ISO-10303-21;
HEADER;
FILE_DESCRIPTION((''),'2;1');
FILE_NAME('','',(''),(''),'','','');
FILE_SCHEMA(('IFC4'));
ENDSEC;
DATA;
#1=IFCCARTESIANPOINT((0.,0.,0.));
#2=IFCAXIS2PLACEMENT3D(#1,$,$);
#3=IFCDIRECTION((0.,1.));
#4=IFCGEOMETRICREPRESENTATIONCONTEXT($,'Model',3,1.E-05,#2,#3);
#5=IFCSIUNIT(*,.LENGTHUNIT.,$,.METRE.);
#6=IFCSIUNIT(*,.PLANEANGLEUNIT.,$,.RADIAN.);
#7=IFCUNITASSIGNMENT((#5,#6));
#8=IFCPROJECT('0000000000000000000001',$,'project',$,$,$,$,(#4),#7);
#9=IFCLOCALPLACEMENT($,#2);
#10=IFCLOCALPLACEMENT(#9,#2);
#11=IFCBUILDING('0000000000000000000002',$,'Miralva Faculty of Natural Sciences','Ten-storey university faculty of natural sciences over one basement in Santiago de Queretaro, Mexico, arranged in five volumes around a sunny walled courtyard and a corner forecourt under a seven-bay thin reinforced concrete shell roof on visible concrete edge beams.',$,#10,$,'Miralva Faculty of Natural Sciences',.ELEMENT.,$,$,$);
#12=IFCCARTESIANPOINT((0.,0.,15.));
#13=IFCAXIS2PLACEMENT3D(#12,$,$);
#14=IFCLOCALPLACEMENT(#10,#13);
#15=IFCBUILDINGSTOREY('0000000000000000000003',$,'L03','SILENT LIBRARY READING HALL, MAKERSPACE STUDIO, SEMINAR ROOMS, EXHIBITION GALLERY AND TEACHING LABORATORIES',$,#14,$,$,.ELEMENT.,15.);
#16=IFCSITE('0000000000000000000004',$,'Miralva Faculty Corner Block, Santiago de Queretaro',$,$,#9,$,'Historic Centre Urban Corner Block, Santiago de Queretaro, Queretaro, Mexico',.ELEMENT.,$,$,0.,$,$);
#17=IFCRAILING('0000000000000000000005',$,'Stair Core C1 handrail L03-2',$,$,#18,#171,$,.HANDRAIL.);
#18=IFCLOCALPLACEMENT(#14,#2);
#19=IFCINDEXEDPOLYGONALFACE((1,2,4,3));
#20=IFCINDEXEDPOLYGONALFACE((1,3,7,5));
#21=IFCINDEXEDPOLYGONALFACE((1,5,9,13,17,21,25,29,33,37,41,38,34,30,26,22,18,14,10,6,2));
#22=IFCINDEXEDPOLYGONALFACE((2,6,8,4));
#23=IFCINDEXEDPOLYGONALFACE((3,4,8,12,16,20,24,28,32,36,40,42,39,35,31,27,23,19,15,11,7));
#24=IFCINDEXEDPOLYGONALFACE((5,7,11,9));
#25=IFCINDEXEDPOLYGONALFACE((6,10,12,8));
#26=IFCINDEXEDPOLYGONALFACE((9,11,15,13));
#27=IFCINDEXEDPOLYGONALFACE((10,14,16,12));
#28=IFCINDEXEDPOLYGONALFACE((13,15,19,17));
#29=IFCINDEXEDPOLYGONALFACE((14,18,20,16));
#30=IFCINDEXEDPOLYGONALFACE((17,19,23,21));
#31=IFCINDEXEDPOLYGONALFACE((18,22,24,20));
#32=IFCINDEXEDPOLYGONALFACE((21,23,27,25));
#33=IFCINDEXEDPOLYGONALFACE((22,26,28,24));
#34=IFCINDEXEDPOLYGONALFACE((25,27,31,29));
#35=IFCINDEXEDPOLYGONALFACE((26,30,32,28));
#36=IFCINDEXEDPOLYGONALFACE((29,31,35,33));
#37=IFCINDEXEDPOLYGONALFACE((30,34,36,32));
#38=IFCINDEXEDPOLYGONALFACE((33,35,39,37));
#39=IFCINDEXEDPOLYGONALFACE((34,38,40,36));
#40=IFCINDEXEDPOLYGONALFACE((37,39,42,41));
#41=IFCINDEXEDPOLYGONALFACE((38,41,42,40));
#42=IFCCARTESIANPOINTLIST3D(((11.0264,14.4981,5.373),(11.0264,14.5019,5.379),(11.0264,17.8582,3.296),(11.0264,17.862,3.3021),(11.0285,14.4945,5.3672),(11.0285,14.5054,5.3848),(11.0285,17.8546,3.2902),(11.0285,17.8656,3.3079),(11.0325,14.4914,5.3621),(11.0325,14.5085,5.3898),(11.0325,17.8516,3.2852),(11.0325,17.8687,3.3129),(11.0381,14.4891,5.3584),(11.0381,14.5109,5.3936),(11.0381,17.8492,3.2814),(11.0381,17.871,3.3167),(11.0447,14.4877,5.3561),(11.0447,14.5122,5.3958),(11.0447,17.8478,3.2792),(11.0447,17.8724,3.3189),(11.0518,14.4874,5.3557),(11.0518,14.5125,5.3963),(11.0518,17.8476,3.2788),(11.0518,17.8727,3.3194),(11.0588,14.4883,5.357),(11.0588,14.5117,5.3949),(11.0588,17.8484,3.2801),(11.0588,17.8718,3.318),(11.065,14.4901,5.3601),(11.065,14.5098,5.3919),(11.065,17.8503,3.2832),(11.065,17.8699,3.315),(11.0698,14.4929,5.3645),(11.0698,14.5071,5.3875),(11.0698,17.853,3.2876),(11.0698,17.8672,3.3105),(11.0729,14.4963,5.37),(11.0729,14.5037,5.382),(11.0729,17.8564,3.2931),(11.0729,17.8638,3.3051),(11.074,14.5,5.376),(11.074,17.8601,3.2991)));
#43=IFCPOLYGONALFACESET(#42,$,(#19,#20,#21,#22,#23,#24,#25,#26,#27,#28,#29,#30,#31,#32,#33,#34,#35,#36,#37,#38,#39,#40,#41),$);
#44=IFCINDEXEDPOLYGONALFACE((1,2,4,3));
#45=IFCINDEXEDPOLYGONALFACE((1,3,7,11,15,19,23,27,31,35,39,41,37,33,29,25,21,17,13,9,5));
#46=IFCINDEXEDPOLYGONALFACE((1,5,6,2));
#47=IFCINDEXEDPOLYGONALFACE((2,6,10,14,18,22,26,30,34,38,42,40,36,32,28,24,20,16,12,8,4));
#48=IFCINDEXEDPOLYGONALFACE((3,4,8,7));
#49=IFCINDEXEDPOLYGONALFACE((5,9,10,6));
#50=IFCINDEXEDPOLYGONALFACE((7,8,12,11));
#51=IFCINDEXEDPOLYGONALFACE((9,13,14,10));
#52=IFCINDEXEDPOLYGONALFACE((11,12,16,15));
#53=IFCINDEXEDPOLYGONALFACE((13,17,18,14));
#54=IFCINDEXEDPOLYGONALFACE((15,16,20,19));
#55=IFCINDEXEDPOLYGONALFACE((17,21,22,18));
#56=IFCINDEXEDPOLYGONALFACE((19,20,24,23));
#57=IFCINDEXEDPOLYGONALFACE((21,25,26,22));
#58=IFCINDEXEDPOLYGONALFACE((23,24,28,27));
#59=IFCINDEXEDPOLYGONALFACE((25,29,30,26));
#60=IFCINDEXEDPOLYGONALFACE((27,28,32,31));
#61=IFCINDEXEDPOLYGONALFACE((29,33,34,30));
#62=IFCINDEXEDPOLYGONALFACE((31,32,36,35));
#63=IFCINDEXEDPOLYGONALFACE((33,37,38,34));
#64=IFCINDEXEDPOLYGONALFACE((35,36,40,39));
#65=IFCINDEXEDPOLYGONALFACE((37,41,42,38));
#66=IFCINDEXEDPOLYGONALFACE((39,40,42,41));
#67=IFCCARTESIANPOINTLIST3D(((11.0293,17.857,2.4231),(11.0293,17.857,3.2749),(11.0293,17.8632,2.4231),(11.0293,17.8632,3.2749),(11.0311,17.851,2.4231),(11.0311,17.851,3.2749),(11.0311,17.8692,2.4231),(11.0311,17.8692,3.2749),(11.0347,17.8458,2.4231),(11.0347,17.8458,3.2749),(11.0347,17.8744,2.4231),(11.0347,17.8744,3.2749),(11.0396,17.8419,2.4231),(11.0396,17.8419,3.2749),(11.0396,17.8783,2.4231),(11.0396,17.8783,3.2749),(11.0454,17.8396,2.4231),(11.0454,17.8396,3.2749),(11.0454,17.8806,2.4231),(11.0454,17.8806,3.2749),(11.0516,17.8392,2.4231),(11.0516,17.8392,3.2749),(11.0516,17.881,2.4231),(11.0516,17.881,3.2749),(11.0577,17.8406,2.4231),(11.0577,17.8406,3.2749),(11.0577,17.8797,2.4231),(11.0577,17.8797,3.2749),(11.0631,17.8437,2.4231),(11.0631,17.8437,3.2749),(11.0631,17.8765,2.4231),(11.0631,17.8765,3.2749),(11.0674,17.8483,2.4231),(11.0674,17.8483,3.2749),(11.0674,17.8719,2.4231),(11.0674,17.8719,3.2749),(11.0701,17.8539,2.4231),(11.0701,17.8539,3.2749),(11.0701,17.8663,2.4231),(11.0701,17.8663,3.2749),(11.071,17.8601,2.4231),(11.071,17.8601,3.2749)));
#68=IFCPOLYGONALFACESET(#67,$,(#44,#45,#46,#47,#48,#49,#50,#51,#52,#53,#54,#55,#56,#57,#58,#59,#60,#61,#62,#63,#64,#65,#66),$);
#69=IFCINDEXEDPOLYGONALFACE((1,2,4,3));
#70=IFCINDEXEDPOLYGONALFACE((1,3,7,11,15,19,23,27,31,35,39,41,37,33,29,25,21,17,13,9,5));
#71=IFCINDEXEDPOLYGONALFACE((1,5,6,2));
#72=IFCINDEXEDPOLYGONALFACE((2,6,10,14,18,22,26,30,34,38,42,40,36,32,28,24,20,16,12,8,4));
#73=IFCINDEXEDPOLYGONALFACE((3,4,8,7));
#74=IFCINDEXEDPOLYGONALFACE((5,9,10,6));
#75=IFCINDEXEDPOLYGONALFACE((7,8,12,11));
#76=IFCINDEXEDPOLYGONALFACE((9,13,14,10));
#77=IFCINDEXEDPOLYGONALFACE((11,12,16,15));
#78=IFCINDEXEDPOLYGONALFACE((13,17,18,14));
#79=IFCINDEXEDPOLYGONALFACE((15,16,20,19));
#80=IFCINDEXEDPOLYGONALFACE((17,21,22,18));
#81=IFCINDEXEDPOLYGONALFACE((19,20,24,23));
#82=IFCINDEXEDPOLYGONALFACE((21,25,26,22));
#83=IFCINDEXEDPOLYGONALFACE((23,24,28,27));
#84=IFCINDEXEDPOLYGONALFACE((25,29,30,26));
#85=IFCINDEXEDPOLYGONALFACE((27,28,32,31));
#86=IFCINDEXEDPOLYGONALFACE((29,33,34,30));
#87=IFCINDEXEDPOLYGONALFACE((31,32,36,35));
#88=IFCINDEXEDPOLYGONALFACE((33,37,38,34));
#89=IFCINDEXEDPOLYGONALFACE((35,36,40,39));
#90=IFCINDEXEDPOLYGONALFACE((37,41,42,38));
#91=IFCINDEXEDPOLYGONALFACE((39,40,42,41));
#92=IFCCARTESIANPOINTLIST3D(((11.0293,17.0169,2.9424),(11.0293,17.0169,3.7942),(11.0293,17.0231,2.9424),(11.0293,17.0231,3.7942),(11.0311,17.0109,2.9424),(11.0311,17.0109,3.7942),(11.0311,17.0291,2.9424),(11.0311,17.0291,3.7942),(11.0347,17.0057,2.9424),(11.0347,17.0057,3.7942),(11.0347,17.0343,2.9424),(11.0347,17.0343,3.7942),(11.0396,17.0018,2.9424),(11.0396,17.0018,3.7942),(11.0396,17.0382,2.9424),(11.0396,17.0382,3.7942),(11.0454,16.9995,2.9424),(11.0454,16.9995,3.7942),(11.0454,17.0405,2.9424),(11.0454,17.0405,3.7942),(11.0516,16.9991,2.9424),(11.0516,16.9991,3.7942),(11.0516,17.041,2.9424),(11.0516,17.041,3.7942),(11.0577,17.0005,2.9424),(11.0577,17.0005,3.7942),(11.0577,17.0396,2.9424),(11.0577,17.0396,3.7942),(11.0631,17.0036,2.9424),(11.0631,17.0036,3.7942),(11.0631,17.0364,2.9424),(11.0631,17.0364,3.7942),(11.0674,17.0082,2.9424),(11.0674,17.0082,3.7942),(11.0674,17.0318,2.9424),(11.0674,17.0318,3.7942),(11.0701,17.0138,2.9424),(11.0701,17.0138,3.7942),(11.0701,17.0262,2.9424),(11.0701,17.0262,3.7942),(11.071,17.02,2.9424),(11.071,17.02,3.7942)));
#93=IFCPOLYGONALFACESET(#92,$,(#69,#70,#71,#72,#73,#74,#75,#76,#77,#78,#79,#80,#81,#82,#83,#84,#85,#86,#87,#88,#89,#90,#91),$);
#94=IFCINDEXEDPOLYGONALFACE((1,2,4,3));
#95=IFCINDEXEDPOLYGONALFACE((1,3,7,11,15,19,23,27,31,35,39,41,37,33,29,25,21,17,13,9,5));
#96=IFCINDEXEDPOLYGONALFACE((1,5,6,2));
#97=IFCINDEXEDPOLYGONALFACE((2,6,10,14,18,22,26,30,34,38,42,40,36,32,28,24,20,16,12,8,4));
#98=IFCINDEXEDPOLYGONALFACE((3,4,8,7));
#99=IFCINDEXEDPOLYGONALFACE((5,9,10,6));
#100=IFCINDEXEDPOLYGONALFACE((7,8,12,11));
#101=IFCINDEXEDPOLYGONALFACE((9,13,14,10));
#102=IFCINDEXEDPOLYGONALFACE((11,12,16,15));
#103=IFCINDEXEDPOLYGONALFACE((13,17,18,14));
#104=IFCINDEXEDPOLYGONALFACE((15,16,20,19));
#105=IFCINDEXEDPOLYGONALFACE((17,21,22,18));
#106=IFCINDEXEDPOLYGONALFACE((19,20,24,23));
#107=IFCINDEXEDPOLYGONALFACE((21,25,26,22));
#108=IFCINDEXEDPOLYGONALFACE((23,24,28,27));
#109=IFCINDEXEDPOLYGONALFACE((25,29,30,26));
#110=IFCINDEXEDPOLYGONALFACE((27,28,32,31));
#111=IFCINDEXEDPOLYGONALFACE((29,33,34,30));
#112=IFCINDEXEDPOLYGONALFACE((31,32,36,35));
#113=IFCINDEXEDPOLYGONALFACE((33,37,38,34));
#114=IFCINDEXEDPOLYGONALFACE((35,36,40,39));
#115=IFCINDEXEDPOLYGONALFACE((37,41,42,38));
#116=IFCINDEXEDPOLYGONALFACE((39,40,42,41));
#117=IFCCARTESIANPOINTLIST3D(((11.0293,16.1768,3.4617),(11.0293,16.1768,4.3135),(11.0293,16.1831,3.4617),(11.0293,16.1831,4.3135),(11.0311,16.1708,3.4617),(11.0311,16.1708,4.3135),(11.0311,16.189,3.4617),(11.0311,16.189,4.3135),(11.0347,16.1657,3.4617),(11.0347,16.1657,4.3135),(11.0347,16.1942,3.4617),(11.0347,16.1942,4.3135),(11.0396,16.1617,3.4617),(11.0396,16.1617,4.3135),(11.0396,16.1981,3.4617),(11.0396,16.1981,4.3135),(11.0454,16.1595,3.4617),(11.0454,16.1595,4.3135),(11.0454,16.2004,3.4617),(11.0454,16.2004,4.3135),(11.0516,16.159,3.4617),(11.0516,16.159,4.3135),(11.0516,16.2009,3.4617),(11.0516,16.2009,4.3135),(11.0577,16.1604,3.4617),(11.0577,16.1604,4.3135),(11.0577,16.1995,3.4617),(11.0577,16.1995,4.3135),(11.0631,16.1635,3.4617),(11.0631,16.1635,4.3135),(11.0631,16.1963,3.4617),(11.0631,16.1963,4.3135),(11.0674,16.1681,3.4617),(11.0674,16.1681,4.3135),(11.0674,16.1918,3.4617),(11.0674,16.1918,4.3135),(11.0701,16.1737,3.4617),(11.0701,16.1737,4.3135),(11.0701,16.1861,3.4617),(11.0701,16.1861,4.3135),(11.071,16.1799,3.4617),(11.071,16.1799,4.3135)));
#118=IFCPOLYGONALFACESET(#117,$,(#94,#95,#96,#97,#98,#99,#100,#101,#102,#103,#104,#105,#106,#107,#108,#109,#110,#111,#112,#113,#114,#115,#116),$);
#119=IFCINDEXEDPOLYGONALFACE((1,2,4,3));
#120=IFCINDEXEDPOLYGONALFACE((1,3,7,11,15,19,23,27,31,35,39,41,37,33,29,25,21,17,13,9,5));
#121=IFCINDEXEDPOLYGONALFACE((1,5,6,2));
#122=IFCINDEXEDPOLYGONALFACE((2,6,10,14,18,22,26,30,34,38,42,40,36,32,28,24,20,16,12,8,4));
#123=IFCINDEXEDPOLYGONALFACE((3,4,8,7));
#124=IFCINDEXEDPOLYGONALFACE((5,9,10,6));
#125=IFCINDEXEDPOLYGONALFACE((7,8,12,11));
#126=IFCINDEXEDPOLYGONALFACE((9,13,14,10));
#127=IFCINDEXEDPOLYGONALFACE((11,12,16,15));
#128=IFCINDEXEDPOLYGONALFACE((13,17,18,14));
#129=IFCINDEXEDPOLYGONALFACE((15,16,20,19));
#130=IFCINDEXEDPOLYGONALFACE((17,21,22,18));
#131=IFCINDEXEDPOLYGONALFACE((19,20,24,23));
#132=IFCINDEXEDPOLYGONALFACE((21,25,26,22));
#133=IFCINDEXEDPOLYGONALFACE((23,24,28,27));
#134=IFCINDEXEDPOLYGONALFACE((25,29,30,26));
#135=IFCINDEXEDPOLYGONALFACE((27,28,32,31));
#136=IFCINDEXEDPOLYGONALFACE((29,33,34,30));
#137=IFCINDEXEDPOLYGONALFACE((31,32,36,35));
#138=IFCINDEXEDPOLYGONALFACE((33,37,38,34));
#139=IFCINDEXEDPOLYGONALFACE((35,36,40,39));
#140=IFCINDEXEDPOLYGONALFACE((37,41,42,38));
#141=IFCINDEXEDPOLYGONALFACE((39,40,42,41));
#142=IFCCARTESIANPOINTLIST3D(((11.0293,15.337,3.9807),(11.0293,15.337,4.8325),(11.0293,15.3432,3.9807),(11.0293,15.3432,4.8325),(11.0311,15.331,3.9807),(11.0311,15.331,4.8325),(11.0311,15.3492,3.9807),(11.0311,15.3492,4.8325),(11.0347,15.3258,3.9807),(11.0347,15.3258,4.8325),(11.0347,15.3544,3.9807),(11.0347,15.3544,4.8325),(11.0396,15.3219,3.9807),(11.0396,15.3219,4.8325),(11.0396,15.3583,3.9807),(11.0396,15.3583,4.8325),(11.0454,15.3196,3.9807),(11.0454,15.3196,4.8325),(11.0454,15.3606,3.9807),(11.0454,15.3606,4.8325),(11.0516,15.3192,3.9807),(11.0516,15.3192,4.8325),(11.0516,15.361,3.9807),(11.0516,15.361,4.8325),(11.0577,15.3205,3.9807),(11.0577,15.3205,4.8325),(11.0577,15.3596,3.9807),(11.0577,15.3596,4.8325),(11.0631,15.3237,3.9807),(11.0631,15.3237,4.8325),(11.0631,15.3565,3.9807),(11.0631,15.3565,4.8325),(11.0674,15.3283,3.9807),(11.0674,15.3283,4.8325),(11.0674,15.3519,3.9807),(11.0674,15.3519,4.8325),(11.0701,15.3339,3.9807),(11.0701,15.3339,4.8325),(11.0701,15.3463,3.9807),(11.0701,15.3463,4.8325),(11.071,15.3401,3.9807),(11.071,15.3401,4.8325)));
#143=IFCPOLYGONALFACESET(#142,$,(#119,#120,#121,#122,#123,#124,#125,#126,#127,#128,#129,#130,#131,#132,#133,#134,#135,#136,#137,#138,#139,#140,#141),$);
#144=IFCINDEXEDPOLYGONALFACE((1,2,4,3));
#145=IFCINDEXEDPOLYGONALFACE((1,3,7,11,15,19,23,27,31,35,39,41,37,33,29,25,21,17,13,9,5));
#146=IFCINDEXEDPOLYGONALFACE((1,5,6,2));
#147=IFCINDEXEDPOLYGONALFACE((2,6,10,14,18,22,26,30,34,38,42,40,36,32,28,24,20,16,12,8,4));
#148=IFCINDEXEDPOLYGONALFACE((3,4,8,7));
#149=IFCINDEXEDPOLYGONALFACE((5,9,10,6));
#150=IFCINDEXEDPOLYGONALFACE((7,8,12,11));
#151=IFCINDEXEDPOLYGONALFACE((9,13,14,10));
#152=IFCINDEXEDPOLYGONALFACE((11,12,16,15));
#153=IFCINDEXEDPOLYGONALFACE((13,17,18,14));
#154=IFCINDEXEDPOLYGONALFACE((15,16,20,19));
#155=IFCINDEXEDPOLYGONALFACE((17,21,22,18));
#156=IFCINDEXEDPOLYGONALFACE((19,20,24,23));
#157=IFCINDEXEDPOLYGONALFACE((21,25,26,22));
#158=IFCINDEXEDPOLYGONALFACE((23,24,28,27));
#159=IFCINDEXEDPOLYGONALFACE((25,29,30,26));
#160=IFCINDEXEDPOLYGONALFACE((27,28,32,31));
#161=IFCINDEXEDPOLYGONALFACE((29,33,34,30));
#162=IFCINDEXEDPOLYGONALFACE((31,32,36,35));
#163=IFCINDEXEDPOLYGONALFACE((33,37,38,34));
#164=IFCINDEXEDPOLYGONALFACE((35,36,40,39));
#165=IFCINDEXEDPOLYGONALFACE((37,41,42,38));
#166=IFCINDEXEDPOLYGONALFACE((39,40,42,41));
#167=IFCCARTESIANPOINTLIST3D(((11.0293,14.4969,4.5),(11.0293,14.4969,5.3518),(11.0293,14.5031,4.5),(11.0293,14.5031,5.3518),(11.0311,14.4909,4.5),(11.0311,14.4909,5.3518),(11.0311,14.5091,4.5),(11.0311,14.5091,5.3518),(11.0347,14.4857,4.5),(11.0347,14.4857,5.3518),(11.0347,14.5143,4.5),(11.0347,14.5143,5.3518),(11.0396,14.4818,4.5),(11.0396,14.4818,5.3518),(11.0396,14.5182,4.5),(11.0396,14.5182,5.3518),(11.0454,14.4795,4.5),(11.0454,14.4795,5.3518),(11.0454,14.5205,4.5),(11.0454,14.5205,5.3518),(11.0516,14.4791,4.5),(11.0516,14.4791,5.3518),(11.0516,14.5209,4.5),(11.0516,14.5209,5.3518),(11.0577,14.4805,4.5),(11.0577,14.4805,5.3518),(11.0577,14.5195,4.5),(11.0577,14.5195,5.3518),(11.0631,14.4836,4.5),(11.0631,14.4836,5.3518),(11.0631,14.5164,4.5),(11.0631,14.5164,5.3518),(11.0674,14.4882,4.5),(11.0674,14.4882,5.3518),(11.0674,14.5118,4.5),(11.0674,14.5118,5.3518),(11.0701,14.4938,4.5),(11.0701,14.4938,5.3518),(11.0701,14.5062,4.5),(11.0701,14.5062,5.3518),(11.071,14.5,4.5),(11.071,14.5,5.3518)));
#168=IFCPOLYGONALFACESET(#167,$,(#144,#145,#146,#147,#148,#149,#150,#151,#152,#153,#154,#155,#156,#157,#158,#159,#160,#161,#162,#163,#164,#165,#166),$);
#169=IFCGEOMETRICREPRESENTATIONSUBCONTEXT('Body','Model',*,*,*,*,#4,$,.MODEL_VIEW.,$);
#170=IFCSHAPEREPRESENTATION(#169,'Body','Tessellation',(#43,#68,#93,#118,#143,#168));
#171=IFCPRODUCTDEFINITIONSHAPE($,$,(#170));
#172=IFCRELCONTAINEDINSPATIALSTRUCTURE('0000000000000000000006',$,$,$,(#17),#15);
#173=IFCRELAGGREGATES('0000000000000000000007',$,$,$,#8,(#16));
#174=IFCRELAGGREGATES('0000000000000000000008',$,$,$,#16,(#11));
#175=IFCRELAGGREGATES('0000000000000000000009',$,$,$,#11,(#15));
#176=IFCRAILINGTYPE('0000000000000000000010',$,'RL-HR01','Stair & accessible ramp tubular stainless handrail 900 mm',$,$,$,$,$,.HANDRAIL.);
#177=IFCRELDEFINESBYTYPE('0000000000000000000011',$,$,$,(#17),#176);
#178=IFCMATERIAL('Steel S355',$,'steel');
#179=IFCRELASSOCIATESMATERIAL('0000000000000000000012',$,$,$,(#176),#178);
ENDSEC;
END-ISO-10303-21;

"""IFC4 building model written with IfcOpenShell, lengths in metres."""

from ifc_helpers import new_model, si_unit, direction, frame, origin, origin_2d, place, context, subcontext, project, spatial, circle, extrude, material, type_object, element, save


model = new_model("IFC4")

# Units and contexts
model_context = context("Model", 3, precision=1e-05, world=origin(), true_north=direction((0.0, 1.0)))
body_context = subcontext(model_context, "Body", "Model", "MODEL_VIEW")
ifc_project = project(units=[si_unit("LENGTHUNIT", "METRE"), si_unit("PLANEANGLEUNIT", "RADIAN")], contexts=[model_context])

# Site, building, storey
site_placement = place(None, origin())
site = spatial("IfcSite", under=ifc_project, at=site_placement, Name="Miralva Faculty Corner Block, Santiago de Queretaro", LongName="Historic Centre Urban Corner Block, Santiago de Queretaro, Queretaro, Mexico", CompositionType="ELEMENT", RefElevation=0.0)
building_placement = place(site_placement, origin())
building = spatial("IfcBuilding", under=site, at=building_placement, Name="Miralva Faculty of Natural Sciences", Description="Ten-storey university faculty of natural sciences over one basement in Santiago de Queretaro, Mexico, arranged in five volumes around a sunny walled courtyard and a corner forecourt under a seven-bay thin reinforced concrete shell roof on visible concrete edge beams.", LongName="Miralva Faculty of Natural Sciences", CompositionType="ELEMENT")
storey_placement = place(building_placement, frame((0.0, 0.0, 15.0)))
storey = spatial("IfcBuildingStorey", under=building, at=storey_placement, Name="L03", Description="SILENT LIBRARY READING HALL, MAKERSPACE STUDIO, SEMINAR ROOMS, EXHIBITION GALLERY AND TEACHING LABORATORIES", CompositionType="ELEMENT", Elevation=15.0)

# Railing
ifc_material_1 = material(Name="Steel S355", Category="steel")
railing_type_1 = type_object("IfcRailingType", Name="RL-HR01", Description="Stair & accessible ramp tubular stainless handrail 900 mm", PredefinedType="HANDRAIL", material=ifc_material_1)
railing_1_placement = place(storey_placement, frame((11.05, 17.8601, 2.4231)))
element("IfcRailing", 1, at=railing_1_placement, inside=storey, type_object=railing_type_1, Name="Stair Core C1 handrail L03-2", PredefinedType="HANDRAIL", context=body_context, shape_type="SweptSolid", body=[
    extrude(circle(Radius=0.0239, at=origin_2d()), frame((0.0, 0.0, 0.876), z_axis=(0.0, -0.850623, 0.525776), x_axis=(1.0, 0.0, 0.0)), (0.0, 0.0, 1.0), 3.9502),
    extrude(circle(Radius=0.021, at=origin_2d()), origin(), (0.0, 0.0, 1.0), 0.8518),
    extrude(circle(Radius=0.021, at=origin_2d()), frame((0.0, -0.8401, 0.5193)), (0.0, 0.0, 1.0), 0.8518),
    extrude(circle(Radius=0.021, at=origin_2d()), frame((0.0, -1.6802, 1.0386)), (0.0, 0.0, 1.0), 0.8518),
    extrude(circle(Radius=0.021, at=origin_2d()), frame((0.0, -2.52, 1.5576)), (0.0, 0.0, 1.0), 0.8518),
    extrude(circle(Radius=0.021, at=origin_2d()), frame((0.0, -3.3601, 2.0769)), (0.0, 0.0, 1.0), 0.8518),
])

save(model, "model.ifc")
